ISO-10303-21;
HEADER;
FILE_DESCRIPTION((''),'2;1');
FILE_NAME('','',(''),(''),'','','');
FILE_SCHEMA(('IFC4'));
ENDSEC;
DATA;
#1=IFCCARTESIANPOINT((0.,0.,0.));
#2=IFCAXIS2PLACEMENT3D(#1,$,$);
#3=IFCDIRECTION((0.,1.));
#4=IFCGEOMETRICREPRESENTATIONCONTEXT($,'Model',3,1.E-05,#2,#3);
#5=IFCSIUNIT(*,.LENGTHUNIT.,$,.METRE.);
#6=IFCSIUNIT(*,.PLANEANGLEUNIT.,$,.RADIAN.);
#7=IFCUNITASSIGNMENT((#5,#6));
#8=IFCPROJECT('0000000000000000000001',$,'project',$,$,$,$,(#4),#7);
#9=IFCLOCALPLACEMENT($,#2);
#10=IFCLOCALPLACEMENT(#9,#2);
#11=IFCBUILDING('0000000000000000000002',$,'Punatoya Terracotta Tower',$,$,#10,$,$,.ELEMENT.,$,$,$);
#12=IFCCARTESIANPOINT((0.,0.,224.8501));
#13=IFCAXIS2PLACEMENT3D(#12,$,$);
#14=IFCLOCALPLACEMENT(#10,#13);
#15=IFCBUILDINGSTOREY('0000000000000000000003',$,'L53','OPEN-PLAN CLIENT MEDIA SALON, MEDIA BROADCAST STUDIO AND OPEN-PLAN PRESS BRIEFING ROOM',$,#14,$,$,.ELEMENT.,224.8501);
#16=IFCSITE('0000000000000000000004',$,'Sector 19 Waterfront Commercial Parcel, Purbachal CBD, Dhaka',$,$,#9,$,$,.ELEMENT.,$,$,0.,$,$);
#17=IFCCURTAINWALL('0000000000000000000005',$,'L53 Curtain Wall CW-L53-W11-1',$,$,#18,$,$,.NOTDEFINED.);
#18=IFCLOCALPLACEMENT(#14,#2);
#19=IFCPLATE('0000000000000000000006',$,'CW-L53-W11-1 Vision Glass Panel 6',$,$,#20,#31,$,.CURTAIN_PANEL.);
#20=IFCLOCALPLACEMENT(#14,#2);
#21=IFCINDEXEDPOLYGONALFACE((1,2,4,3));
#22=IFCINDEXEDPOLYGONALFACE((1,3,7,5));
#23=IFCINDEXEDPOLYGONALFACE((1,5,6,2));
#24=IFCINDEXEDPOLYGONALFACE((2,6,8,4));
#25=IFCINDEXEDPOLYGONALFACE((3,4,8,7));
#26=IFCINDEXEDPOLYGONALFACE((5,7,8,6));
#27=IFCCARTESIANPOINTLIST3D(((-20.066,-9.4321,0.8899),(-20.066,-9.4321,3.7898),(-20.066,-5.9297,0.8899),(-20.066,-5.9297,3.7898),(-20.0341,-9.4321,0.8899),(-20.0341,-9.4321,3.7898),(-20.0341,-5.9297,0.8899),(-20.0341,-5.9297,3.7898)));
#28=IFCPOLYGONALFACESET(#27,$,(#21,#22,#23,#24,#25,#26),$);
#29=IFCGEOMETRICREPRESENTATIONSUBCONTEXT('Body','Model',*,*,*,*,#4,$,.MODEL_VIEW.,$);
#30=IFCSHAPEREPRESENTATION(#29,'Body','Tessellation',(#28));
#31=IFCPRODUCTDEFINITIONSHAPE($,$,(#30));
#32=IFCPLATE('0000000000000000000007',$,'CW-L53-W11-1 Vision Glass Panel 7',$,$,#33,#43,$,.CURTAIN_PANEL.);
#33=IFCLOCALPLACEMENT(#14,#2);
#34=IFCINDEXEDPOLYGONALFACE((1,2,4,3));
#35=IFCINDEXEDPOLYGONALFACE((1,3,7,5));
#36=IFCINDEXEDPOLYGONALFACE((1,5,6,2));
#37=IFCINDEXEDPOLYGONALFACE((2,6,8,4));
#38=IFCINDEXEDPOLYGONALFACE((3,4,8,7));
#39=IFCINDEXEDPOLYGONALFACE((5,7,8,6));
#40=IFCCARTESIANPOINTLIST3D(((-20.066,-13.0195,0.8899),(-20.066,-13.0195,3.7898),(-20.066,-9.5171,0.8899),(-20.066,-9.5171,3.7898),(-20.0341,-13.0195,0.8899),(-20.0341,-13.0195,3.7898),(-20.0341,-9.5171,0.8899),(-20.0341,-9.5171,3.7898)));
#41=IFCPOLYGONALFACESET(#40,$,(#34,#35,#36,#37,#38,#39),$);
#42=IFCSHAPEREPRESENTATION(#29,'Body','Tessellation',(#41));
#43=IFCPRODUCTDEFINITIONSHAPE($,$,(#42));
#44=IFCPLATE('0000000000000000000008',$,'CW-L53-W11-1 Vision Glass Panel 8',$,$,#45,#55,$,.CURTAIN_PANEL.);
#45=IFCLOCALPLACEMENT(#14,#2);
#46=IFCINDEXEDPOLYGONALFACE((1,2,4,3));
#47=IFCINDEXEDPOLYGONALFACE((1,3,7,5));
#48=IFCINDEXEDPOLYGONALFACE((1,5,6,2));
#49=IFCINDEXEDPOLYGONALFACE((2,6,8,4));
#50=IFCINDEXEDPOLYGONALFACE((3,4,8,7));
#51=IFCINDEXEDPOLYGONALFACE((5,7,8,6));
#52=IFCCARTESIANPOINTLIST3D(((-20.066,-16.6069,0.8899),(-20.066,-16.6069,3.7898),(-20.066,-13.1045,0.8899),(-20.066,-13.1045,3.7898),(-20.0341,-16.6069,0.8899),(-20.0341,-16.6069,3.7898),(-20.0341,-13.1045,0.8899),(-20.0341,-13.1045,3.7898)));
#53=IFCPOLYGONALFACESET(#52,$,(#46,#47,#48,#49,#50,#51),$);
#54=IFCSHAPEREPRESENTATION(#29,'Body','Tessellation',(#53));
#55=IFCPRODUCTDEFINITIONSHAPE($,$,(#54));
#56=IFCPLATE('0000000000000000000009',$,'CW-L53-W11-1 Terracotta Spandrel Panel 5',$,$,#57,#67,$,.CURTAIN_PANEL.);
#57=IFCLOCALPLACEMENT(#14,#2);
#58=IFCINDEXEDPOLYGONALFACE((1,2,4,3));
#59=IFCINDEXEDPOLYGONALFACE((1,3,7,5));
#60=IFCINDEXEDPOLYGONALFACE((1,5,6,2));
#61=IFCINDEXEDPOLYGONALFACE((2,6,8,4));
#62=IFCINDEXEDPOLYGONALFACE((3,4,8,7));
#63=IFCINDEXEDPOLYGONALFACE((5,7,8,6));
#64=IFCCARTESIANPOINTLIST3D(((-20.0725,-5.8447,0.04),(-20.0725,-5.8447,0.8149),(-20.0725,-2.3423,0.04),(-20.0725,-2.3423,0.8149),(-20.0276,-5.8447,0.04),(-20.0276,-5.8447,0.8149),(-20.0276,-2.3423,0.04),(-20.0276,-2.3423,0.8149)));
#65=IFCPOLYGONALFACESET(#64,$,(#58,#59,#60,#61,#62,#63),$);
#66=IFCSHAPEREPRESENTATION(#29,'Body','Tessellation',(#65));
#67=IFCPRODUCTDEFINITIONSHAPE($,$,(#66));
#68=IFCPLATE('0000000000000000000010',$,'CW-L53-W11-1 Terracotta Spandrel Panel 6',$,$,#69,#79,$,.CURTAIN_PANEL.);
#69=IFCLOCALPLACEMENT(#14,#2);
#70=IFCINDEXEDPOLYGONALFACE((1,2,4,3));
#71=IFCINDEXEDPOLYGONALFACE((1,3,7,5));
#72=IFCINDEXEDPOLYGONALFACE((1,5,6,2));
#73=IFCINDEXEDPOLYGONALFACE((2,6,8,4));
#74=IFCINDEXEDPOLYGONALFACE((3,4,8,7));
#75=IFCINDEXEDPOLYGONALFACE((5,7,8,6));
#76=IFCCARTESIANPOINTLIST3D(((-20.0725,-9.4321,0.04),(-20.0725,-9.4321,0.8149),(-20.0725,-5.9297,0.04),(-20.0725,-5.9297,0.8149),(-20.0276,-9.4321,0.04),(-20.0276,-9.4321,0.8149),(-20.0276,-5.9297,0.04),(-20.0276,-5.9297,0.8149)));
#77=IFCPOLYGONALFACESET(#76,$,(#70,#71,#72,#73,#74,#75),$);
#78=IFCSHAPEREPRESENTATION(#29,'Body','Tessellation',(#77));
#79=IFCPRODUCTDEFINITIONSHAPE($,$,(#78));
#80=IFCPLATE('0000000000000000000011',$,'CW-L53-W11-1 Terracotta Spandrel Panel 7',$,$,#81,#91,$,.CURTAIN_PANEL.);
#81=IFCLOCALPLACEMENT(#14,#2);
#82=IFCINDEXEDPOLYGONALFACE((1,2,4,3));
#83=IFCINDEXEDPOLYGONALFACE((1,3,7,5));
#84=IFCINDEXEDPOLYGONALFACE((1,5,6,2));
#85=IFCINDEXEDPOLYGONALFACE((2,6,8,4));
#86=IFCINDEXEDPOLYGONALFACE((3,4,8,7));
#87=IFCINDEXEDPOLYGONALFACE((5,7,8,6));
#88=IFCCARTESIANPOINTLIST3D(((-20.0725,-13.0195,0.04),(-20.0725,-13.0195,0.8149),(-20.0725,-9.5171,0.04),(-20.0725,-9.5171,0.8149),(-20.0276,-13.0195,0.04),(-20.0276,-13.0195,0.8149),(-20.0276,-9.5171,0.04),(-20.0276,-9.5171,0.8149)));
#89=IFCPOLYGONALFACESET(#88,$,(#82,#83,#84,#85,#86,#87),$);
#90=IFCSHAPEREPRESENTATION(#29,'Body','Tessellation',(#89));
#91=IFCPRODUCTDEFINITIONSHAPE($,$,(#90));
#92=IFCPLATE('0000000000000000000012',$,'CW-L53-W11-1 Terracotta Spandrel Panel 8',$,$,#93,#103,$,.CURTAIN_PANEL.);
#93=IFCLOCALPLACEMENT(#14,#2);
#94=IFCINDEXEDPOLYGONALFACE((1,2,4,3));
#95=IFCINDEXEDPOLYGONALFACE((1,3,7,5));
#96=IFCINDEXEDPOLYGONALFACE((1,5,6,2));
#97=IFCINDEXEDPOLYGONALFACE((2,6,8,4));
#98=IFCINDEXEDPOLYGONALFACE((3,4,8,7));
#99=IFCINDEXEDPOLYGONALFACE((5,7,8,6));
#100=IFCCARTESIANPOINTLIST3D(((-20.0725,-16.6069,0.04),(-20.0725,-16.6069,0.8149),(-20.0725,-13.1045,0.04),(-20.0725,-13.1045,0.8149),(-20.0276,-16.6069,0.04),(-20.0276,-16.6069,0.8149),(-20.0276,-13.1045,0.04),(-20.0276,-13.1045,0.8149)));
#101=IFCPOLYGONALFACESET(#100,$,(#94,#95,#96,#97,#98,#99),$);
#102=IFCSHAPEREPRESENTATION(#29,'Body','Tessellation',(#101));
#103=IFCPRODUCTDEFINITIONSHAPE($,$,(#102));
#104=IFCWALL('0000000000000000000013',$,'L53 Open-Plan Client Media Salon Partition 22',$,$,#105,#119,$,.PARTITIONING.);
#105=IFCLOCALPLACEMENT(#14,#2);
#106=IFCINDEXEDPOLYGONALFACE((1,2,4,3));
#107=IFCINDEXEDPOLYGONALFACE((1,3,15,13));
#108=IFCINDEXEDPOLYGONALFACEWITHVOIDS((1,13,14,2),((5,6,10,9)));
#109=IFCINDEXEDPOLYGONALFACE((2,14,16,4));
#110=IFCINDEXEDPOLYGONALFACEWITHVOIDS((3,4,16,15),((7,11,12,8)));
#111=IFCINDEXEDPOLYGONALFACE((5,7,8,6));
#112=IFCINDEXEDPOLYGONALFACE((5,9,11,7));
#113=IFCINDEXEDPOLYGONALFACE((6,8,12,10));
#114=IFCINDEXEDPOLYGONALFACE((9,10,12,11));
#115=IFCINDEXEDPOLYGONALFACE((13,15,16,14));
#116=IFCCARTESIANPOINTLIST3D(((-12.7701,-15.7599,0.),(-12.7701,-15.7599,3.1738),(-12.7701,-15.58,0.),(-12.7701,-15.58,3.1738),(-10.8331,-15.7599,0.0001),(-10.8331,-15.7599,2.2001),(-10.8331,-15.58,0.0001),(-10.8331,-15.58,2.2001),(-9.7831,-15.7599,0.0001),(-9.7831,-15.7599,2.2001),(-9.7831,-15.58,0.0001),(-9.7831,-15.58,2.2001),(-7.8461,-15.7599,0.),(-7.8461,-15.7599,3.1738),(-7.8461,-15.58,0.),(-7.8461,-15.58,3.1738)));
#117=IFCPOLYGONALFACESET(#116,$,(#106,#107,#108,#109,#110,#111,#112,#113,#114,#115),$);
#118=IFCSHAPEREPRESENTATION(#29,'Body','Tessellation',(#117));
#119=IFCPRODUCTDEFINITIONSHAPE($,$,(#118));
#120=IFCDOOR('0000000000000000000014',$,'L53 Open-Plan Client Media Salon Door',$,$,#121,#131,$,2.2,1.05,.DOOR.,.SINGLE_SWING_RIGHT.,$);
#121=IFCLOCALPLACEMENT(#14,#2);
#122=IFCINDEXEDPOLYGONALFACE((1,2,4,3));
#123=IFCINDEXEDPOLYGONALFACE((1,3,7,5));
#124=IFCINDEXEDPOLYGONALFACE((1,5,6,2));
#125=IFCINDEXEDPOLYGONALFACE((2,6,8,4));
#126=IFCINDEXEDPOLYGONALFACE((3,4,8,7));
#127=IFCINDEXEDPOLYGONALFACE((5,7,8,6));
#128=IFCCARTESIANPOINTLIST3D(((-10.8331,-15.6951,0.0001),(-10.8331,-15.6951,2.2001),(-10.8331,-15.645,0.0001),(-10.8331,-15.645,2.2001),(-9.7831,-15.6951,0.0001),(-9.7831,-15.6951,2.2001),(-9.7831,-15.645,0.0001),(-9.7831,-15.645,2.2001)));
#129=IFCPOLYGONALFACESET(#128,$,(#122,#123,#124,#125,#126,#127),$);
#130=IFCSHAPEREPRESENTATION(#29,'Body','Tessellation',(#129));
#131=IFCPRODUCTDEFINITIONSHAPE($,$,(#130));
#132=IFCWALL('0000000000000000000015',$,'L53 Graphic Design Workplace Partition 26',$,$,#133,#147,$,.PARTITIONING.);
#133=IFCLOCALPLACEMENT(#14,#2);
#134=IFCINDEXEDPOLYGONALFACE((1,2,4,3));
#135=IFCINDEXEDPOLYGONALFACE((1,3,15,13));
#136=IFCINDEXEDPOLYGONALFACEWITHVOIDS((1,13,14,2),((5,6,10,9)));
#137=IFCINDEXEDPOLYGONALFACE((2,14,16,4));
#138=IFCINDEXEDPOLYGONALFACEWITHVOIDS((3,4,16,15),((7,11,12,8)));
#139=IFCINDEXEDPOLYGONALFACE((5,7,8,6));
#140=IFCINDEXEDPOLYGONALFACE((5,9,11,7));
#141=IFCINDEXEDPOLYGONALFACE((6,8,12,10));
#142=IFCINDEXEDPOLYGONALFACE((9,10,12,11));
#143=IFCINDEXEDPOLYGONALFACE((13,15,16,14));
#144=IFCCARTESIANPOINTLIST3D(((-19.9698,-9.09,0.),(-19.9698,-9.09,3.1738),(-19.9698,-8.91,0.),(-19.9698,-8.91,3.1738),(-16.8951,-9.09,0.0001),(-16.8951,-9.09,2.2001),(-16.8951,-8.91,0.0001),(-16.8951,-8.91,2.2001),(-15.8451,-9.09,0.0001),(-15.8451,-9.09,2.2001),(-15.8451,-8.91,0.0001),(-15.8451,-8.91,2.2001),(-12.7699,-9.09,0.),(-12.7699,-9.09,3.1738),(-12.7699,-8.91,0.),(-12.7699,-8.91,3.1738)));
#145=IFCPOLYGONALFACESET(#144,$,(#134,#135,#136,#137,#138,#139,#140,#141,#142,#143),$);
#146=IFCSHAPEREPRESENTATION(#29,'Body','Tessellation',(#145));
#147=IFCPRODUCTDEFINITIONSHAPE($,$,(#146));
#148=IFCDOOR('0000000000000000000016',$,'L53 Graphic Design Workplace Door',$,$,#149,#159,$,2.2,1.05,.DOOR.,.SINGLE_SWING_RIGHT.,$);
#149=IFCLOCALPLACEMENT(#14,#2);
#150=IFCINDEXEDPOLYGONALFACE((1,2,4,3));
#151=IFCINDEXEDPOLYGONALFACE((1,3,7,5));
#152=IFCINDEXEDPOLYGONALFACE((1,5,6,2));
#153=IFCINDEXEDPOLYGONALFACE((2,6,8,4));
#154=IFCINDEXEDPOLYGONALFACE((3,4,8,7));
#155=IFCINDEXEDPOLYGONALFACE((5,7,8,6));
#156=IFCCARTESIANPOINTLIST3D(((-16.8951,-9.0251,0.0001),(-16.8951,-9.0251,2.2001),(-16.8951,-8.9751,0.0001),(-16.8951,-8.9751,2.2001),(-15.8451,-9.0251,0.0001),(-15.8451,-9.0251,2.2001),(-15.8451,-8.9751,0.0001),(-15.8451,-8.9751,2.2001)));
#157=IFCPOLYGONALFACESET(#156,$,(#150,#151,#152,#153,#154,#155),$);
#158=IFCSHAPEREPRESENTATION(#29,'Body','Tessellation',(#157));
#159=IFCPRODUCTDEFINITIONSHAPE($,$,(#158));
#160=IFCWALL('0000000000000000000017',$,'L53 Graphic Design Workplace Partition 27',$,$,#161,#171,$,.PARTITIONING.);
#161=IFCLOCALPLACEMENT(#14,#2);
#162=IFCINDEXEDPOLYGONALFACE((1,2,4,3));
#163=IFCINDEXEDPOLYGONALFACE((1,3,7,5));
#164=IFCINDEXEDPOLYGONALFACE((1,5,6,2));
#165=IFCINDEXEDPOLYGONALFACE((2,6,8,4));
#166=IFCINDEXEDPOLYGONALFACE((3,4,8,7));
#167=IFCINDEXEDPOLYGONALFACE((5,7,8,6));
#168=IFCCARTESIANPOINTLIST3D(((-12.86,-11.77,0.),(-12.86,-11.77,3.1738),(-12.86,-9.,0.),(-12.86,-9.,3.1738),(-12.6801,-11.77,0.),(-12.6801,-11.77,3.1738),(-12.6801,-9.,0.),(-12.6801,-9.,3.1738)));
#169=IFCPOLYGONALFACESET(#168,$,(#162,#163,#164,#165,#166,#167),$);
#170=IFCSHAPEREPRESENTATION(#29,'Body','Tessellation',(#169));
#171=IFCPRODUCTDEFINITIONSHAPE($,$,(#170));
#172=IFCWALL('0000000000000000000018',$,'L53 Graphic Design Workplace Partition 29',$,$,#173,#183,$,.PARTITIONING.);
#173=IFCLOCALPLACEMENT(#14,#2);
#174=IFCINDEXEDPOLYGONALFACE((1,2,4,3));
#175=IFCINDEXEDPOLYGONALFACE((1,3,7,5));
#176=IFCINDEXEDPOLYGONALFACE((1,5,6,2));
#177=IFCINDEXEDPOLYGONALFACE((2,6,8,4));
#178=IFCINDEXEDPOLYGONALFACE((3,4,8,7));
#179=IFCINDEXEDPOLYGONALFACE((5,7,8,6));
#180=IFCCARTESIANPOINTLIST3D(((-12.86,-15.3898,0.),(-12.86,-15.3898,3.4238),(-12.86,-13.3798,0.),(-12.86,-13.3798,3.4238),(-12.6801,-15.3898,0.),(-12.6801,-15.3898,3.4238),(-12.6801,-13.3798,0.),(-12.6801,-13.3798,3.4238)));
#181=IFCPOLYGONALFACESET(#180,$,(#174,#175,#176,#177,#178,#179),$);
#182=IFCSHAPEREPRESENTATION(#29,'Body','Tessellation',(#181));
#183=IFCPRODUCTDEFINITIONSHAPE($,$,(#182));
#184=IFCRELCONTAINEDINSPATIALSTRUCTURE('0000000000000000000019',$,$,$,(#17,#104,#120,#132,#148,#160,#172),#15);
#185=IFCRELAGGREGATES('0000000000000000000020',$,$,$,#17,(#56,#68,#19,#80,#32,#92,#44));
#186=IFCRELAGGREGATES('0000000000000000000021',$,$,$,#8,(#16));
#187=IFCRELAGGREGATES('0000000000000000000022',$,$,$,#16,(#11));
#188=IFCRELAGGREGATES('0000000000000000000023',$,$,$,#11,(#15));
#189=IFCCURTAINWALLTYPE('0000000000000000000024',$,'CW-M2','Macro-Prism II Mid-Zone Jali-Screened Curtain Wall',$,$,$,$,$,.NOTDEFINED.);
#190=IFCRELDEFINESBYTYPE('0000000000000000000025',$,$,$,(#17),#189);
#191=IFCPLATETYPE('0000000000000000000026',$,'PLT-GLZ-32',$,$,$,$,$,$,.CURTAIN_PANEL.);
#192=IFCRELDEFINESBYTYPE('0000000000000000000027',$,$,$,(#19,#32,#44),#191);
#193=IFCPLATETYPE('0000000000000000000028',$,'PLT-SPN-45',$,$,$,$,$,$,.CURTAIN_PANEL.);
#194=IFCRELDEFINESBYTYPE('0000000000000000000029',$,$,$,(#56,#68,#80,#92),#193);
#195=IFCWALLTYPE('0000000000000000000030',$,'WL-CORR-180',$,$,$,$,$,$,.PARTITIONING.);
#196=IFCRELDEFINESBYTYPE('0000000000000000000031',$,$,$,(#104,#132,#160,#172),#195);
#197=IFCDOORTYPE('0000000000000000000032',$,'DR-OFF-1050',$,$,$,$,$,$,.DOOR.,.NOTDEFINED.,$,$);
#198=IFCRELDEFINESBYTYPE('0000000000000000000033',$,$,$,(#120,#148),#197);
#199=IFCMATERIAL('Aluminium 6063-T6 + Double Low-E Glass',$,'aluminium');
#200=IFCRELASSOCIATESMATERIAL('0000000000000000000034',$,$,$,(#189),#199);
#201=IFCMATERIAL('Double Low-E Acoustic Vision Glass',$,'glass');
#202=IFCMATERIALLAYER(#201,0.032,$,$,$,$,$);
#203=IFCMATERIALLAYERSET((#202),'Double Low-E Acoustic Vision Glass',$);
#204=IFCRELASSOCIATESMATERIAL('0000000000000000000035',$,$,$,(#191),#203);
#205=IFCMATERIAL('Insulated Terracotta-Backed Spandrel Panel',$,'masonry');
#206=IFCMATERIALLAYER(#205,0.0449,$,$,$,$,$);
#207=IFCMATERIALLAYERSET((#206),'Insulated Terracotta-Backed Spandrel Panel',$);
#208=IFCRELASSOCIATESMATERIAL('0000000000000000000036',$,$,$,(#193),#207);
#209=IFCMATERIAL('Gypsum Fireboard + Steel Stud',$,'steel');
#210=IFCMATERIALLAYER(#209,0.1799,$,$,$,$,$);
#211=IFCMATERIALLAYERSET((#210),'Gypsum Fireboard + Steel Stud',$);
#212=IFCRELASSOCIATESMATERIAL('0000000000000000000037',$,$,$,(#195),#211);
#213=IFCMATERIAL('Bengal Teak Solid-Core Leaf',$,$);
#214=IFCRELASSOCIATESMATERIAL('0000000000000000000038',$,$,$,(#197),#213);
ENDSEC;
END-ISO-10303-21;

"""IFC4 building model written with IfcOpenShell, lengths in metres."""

from ifc_helpers import new_model, si_unit, direction, frame, frame_2d, origin, origin_2d, place, context, subcontext, project, spatial, rectangle, extrude, material, layer, layer_set, type_object, element, fill, aggregate, save


model = new_model("IFC4")

# Units and contexts
model_context = context("Model", 3, precision=1e-05, world=origin(), true_north=direction((0.0, 1.0)))
body_context = subcontext(model_context, "Body", "Model", "MODEL_VIEW")
ifc_project = project(units=[si_unit("LENGTHUNIT", "METRE"), si_unit("PLANEANGLEUNIT", "RADIAN")], contexts=[model_context])

# Site, building, storey
site_placement = place(None, origin())
site = spatial("IfcSite", under=ifc_project, at=site_placement, Name="Sector 19 Waterfront Commercial Parcel, Purbachal CBD, Dhaka", CompositionType="ELEMENT", RefElevation=0.0)
building_placement = place(site_placement, origin())
building = spatial("IfcBuilding", under=site, at=building_placement, Name="Punatoya Terracotta Tower", CompositionType="ELEMENT")
storey_placement = place(building_placement, frame((0.0, 0.0, 224.8501)))
storey = spatial("IfcBuildingStorey", under=building, at=storey_placement, Name="L53", Description="OPEN-PLAN CLIENT MEDIA SALON, MEDIA BROADCAST STUDIO AND OPEN-PLAN PRESS BRIEFING ROOM", CompositionType="ELEMENT", Elevation=224.8501)

# Curtain wall, plates
ifc_material_1 = material(Name="Aluminium 6063-T6 + Double Low-E Glass", Category="aluminium")
curtain_wall_type = type_object("IfcCurtainWallType", Name="CW-M2", Description="Macro-Prism II Mid-Zone Jali-Screened Curtain Wall", PredefinedType="NOTDEFINED", material=ifc_material_1)
curtain_wall_placement = place(storey_placement, origin())
curtain_wall = element("IfcCurtainWall", 1, at=curtain_wall_placement, inside=storey, type_object=curtain_wall_type, Name="L53 Curtain Wall CW-L53-W11-1", PredefinedType="NOTDEFINED")
ifc_material_2 = material(Name="Double Low-E Acoustic Vision Glass", Category="glass")
ifc_layer_1 = layer(ifc_material_2, 0.032)
ifc_layer_set_1 = layer_set([ifc_layer_1], Name="Double Low-E Acoustic Vision Glass")
plate_type_1 = type_object("IfcPlateType", Name="PLT-GLZ-32", PredefinedType="CURTAIN_PANEL", material=ifc_layer_set_1)
plate_1_placement = place(storey_placement, frame((-20.05, -7.6809, 0.8899), z_axis=(0.0, 0.0, 1.0), x_axis=(0.0, -1.0, 0.0)))
plate_1 = element("IfcPlate", 2, at=plate_1_placement, type_object=plate_type_1, Name="CW-L53-W11-1 Vision Glass Panel 6", PredefinedType="CURTAIN_PANEL", context=body_context, shape_type="SweptSolid", body=[
    extrude(rectangle(XDim=3.5024, YDim=0.032, at=origin_2d()), origin(), (0.0, 0.0, 1.0), 2.8999),
])
plate_2_placement = place(storey_placement, frame((-20.05, -11.2683, 0.8899), z_axis=(0.0, 0.0, 1.0), x_axis=(0.0, -1.0, 0.0)))
plate_2 = element("IfcPlate", 3, at=plate_2_placement, type_object=plate_type_1, Name="CW-L53-W11-1 Vision Glass Panel 7", PredefinedType="CURTAIN_PANEL", context=body_context, shape_type="SweptSolid", body=[
    extrude(rectangle(XDim=3.5024, YDim=0.032, at=origin_2d()), origin(), (0.0, 0.0, 1.0), 2.8999),
])
plate_3_placement = place(storey_placement, frame((-20.05, -14.8557, 0.8899), z_axis=(0.0, 0.0, 1.0), x_axis=(0.0, -1.0, 0.0)))
plate_3 = element("IfcPlate", 4, at=plate_3_placement, type_object=plate_type_1, Name="CW-L53-W11-1 Vision Glass Panel 8", PredefinedType="CURTAIN_PANEL", context=body_context, shape_type="SweptSolid", body=[
    extrude(rectangle(XDim=3.5024, YDim=0.032, at=origin_2d()), origin(), (0.0, 0.0, 1.0), 2.8999),
])
ifc_material_3 = material(Name="Insulated Terracotta-Backed Spandrel Panel", Category="masonry")
ifc_layer_2 = layer(ifc_material_3, 0.0449)
ifc_layer_set_2 = layer_set([ifc_layer_2], Name="Insulated Terracotta-Backed Spandrel Panel")
plate_type_2 = type_object("IfcPlateType", Name="PLT-SPN-45", PredefinedType="CURTAIN_PANEL", material=ifc_layer_set_2)
plate_4_placement = place(storey_placement, frame((-20.05, -4.0935, 0.04), z_axis=(0.0, 0.0, 1.0), x_axis=(0.0, -1.0, 0.0)))
plate_4 = element("IfcPlate", 5, at=plate_4_placement, type_object=plate_type_2, Name="CW-L53-W11-1 Terracotta Spandrel Panel 5", PredefinedType="CURTAIN_PANEL", context=body_context, shape_type="SweptSolid", body=[
    extrude(rectangle(XDim=3.5024, YDim=0.0449, at=origin_2d()), origin(), (0.0, 0.0, 1.0), 0.7749),
])
plate_5_placement = place(storey_placement, frame((-20.05, -7.6809, 0.04), z_axis=(0.0, 0.0, 1.0), x_axis=(0.0, -1.0, 0.0)))
plate_5 = element("IfcPlate", 6, at=plate_5_placement, type_object=plate_type_2, Name="CW-L53-W11-1 Terracotta Spandrel Panel 6", PredefinedType="CURTAIN_PANEL", context=body_context, shape_type="SweptSolid", body=[
    extrude(rectangle(XDim=3.5024, YDim=0.0449, at=origin_2d()), origin(), (0.0, 0.0, 1.0), 0.7749),
])
plate_6_placement = place(storey_placement, frame((-20.05, -11.2683, 0.04), z_axis=(0.0, 0.0, 1.0), x_axis=(0.0, -1.0, 0.0)))
plate_6 = element("IfcPlate", 7, at=plate_6_placement, type_object=plate_type_2, Name="CW-L53-W11-1 Terracotta Spandrel Panel 7", PredefinedType="CURTAIN_PANEL", context=body_context, shape_type="SweptSolid", body=[
    extrude(rectangle(XDim=3.5024, YDim=0.0449, at=origin_2d()), origin(), (0.0, 0.0, 1.0), 0.7749),
])
plate_7_placement = place(storey_placement, frame((-20.05, -14.8557, 0.04), z_axis=(0.0, 0.0, 1.0), x_axis=(0.0, -1.0, 0.0)))
plate_7 = element("IfcPlate", 8, at=plate_7_placement, type_object=plate_type_2, Name="CW-L53-W11-1 Terracotta Spandrel Panel 8", PredefinedType="CURTAIN_PANEL", context=body_context, shape_type="SweptSolid", body=[
    extrude(rectangle(XDim=3.5024, YDim=0.0449, at=origin_2d()), origin(), (0.0, 0.0, 1.0), 0.7749),
])
aggregate(curtain_wall, [plate_4, plate_5, plate_1, plate_6, plate_2, plate_7, plate_3])

# Walls, openings, doors
ifc_material_4 = material(Name="Gypsum Fireboard + Steel Stud", Category="steel")
ifc_layer_3 = layer(ifc_material_4, 0.1799)
ifc_layer_set_3 = layer_set([ifc_layer_3], Name="Gypsum Fireboard + Steel Stud")
wall_type_1 = type_object("IfcWallType", Name="WL-CORR-180", PredefinedType="PARTITIONING", material=ifc_layer_set_3)
wall_1_placement = place(storey_placement, frame((-12.77, -15.6699, 0.0), z_axis=(0.0, 0.0, 1.0), x_axis=(1.0, 0.0, 0.0)))
wall_1 = element("IfcWall", 9, at=wall_1_placement, inside=storey, type_object=wall_type_1, Name="L53 Open-Plan Client Media Salon Partition 22", PredefinedType="PARTITIONING", context=body_context, shape_type="SweptSolid", body=[
    extrude(rectangle(XDim=4.9241, YDim=0.1799, at=frame_2d((2.4619, 0.0))), origin(), (0.0, 0.0, 1.0), 3.1738),
])
opening_1_placement = place(wall_1_placement, frame((1.937, 0.0, 0.0)))
opening_1 = element("IfcOpeningElement", 10, at=opening_1_placement, cuts=wall_1, PredefinedType="OPENING", context=body_context, shape_type="SweptSolid", body=[
    extrude(rectangle(XDim=1.05, YDim=2.2, at=frame_2d((0.5249, 1.1001))), frame((0.0, 0.0999, 0.0), z_axis=(0.0, -1.0, 0.0), x_axis=(1.0, 0.0, 0.0)), (0.0, 0.0, 1.0), 0.2),
])
ifc_material_5 = material(Name="Bengal Teak Solid-Core Leaf")
door_type = type_object("IfcDoorType", Name="DR-OFF-1050", OperationType="NOTDEFINED", PredefinedType="DOOR", material=ifc_material_5)
door_1_placement = place(opening_1_placement, origin())
door_1 = element("IfcDoor", 11, at=door_1_placement, inside=storey, type_object=door_type, Name="L53 Open-Plan Client Media Salon Door", OperationType="SINGLE_SWING_RIGHT", OverallHeight=2.2, OverallWidth=1.05, PredefinedType="DOOR", context=body_context, shape_type="SweptSolid", body=[
    extrude(rectangle(XDim=1.05, YDim=2.2, at=frame_2d((0.5249, 1.1001))), frame((0.0, 0.0249, 0.0), z_axis=(0.0, -1.0, 0.0), x_axis=(1.0, 0.0, 0.0)), (0.0, 0.0, 1.0), 0.05),
])
fill(opening_1, door_1)
wall_2_placement = place(storey_placement, frame((-19.97, -9.0, 0.0), z_axis=(0.0, 0.0, 1.0), x_axis=(1.0, 0.0, 0.0)))
wall_2 = element("IfcWall", 12, at=wall_2_placement, inside=storey, type_object=wall_type_1, Name="L53 Graphic Design Workplace Partition 26", PredefinedType="PARTITIONING", context=body_context, shape_type="SweptSolid", body=[
    extrude(rectangle(XDim=7.2, YDim=0.1799, at=frame_2d((3.6001, 0.0))), origin(), (0.0, 0.0, 1.0), 3.1738),
])
opening_2_placement = place(wall_2_placement, frame((3.075, 0.0, 0.0)))
opening_2 = element("IfcOpeningElement", 13, at=opening_2_placement, cuts=wall_2, PredefinedType="OPENING", context=body_context, shape_type="SweptSolid", body=[
    extrude(rectangle(XDim=1.05, YDim=2.2, at=frame_2d((0.5249, 1.1001))), frame((0.0, 0.0999, 0.0), z_axis=(0.0, -1.0, 0.0), x_axis=(1.0, 0.0, 0.0)), (0.0, 0.0, 1.0), 0.2),
])
door_2_placement = place(opening_2_placement, origin())
door_2 = element("IfcDoor", 14, at=door_2_placement, inside=storey, type_object=door_type, Name="L53 Graphic Design Workplace Door", OperationType="SINGLE_SWING_RIGHT", OverallHeight=2.2, OverallWidth=1.05, PredefinedType="DOOR", context=body_context, shape_type="SweptSolid", body=[
    extrude(rectangle(XDim=1.05, YDim=2.2, at=frame_2d((0.5249, 1.1001))), frame((0.0, 0.0249, 0.0), z_axis=(0.0, -1.0, 0.0), x_axis=(1.0, 0.0, 0.0)), (0.0, 0.0, 1.0), 0.05),
])
fill(opening_2, door_2)

# Walls
wall_3_placement = place(storey_placement, frame((-12.77, -9.0, 0.0), z_axis=(0.0, 0.0, 1.0), x_axis=(0.0, -1.0, 0.0)))
element("IfcWall", 15, at=wall_3_placement, inside=storey, type_object=wall_type_1, Name="L53 Graphic Design Workplace Partition 27", PredefinedType="PARTITIONING", context=body_context, shape_type="SweptSolid", body=[
    extrude(rectangle(XDim=2.77, YDim=0.1799, at=frame_2d((1.385, 0.0))), origin(), (0.0, 0.0, 1.0), 3.1738),
])
wall_4_placement = place(storey_placement, frame((-12.77, -13.3799, 0.0), z_axis=(0.0, 0.0, 1.0), x_axis=(0.0, -1.0, 0.0)))
element("IfcWall", 16, at=wall_4_placement, inside=storey, type_object=wall_type_1, Name="L53 Graphic Design Workplace Partition 29", PredefinedType="PARTITIONING", context=body_context, shape_type="SweptSolid", body=[
    extrude(rectangle(XDim=2.01, YDim=0.1799, at=frame_2d((1.0049, 0.0))), origin(), (0.0, 0.0, 1.0), 3.4238),
])

save(model, "model.ifc")
